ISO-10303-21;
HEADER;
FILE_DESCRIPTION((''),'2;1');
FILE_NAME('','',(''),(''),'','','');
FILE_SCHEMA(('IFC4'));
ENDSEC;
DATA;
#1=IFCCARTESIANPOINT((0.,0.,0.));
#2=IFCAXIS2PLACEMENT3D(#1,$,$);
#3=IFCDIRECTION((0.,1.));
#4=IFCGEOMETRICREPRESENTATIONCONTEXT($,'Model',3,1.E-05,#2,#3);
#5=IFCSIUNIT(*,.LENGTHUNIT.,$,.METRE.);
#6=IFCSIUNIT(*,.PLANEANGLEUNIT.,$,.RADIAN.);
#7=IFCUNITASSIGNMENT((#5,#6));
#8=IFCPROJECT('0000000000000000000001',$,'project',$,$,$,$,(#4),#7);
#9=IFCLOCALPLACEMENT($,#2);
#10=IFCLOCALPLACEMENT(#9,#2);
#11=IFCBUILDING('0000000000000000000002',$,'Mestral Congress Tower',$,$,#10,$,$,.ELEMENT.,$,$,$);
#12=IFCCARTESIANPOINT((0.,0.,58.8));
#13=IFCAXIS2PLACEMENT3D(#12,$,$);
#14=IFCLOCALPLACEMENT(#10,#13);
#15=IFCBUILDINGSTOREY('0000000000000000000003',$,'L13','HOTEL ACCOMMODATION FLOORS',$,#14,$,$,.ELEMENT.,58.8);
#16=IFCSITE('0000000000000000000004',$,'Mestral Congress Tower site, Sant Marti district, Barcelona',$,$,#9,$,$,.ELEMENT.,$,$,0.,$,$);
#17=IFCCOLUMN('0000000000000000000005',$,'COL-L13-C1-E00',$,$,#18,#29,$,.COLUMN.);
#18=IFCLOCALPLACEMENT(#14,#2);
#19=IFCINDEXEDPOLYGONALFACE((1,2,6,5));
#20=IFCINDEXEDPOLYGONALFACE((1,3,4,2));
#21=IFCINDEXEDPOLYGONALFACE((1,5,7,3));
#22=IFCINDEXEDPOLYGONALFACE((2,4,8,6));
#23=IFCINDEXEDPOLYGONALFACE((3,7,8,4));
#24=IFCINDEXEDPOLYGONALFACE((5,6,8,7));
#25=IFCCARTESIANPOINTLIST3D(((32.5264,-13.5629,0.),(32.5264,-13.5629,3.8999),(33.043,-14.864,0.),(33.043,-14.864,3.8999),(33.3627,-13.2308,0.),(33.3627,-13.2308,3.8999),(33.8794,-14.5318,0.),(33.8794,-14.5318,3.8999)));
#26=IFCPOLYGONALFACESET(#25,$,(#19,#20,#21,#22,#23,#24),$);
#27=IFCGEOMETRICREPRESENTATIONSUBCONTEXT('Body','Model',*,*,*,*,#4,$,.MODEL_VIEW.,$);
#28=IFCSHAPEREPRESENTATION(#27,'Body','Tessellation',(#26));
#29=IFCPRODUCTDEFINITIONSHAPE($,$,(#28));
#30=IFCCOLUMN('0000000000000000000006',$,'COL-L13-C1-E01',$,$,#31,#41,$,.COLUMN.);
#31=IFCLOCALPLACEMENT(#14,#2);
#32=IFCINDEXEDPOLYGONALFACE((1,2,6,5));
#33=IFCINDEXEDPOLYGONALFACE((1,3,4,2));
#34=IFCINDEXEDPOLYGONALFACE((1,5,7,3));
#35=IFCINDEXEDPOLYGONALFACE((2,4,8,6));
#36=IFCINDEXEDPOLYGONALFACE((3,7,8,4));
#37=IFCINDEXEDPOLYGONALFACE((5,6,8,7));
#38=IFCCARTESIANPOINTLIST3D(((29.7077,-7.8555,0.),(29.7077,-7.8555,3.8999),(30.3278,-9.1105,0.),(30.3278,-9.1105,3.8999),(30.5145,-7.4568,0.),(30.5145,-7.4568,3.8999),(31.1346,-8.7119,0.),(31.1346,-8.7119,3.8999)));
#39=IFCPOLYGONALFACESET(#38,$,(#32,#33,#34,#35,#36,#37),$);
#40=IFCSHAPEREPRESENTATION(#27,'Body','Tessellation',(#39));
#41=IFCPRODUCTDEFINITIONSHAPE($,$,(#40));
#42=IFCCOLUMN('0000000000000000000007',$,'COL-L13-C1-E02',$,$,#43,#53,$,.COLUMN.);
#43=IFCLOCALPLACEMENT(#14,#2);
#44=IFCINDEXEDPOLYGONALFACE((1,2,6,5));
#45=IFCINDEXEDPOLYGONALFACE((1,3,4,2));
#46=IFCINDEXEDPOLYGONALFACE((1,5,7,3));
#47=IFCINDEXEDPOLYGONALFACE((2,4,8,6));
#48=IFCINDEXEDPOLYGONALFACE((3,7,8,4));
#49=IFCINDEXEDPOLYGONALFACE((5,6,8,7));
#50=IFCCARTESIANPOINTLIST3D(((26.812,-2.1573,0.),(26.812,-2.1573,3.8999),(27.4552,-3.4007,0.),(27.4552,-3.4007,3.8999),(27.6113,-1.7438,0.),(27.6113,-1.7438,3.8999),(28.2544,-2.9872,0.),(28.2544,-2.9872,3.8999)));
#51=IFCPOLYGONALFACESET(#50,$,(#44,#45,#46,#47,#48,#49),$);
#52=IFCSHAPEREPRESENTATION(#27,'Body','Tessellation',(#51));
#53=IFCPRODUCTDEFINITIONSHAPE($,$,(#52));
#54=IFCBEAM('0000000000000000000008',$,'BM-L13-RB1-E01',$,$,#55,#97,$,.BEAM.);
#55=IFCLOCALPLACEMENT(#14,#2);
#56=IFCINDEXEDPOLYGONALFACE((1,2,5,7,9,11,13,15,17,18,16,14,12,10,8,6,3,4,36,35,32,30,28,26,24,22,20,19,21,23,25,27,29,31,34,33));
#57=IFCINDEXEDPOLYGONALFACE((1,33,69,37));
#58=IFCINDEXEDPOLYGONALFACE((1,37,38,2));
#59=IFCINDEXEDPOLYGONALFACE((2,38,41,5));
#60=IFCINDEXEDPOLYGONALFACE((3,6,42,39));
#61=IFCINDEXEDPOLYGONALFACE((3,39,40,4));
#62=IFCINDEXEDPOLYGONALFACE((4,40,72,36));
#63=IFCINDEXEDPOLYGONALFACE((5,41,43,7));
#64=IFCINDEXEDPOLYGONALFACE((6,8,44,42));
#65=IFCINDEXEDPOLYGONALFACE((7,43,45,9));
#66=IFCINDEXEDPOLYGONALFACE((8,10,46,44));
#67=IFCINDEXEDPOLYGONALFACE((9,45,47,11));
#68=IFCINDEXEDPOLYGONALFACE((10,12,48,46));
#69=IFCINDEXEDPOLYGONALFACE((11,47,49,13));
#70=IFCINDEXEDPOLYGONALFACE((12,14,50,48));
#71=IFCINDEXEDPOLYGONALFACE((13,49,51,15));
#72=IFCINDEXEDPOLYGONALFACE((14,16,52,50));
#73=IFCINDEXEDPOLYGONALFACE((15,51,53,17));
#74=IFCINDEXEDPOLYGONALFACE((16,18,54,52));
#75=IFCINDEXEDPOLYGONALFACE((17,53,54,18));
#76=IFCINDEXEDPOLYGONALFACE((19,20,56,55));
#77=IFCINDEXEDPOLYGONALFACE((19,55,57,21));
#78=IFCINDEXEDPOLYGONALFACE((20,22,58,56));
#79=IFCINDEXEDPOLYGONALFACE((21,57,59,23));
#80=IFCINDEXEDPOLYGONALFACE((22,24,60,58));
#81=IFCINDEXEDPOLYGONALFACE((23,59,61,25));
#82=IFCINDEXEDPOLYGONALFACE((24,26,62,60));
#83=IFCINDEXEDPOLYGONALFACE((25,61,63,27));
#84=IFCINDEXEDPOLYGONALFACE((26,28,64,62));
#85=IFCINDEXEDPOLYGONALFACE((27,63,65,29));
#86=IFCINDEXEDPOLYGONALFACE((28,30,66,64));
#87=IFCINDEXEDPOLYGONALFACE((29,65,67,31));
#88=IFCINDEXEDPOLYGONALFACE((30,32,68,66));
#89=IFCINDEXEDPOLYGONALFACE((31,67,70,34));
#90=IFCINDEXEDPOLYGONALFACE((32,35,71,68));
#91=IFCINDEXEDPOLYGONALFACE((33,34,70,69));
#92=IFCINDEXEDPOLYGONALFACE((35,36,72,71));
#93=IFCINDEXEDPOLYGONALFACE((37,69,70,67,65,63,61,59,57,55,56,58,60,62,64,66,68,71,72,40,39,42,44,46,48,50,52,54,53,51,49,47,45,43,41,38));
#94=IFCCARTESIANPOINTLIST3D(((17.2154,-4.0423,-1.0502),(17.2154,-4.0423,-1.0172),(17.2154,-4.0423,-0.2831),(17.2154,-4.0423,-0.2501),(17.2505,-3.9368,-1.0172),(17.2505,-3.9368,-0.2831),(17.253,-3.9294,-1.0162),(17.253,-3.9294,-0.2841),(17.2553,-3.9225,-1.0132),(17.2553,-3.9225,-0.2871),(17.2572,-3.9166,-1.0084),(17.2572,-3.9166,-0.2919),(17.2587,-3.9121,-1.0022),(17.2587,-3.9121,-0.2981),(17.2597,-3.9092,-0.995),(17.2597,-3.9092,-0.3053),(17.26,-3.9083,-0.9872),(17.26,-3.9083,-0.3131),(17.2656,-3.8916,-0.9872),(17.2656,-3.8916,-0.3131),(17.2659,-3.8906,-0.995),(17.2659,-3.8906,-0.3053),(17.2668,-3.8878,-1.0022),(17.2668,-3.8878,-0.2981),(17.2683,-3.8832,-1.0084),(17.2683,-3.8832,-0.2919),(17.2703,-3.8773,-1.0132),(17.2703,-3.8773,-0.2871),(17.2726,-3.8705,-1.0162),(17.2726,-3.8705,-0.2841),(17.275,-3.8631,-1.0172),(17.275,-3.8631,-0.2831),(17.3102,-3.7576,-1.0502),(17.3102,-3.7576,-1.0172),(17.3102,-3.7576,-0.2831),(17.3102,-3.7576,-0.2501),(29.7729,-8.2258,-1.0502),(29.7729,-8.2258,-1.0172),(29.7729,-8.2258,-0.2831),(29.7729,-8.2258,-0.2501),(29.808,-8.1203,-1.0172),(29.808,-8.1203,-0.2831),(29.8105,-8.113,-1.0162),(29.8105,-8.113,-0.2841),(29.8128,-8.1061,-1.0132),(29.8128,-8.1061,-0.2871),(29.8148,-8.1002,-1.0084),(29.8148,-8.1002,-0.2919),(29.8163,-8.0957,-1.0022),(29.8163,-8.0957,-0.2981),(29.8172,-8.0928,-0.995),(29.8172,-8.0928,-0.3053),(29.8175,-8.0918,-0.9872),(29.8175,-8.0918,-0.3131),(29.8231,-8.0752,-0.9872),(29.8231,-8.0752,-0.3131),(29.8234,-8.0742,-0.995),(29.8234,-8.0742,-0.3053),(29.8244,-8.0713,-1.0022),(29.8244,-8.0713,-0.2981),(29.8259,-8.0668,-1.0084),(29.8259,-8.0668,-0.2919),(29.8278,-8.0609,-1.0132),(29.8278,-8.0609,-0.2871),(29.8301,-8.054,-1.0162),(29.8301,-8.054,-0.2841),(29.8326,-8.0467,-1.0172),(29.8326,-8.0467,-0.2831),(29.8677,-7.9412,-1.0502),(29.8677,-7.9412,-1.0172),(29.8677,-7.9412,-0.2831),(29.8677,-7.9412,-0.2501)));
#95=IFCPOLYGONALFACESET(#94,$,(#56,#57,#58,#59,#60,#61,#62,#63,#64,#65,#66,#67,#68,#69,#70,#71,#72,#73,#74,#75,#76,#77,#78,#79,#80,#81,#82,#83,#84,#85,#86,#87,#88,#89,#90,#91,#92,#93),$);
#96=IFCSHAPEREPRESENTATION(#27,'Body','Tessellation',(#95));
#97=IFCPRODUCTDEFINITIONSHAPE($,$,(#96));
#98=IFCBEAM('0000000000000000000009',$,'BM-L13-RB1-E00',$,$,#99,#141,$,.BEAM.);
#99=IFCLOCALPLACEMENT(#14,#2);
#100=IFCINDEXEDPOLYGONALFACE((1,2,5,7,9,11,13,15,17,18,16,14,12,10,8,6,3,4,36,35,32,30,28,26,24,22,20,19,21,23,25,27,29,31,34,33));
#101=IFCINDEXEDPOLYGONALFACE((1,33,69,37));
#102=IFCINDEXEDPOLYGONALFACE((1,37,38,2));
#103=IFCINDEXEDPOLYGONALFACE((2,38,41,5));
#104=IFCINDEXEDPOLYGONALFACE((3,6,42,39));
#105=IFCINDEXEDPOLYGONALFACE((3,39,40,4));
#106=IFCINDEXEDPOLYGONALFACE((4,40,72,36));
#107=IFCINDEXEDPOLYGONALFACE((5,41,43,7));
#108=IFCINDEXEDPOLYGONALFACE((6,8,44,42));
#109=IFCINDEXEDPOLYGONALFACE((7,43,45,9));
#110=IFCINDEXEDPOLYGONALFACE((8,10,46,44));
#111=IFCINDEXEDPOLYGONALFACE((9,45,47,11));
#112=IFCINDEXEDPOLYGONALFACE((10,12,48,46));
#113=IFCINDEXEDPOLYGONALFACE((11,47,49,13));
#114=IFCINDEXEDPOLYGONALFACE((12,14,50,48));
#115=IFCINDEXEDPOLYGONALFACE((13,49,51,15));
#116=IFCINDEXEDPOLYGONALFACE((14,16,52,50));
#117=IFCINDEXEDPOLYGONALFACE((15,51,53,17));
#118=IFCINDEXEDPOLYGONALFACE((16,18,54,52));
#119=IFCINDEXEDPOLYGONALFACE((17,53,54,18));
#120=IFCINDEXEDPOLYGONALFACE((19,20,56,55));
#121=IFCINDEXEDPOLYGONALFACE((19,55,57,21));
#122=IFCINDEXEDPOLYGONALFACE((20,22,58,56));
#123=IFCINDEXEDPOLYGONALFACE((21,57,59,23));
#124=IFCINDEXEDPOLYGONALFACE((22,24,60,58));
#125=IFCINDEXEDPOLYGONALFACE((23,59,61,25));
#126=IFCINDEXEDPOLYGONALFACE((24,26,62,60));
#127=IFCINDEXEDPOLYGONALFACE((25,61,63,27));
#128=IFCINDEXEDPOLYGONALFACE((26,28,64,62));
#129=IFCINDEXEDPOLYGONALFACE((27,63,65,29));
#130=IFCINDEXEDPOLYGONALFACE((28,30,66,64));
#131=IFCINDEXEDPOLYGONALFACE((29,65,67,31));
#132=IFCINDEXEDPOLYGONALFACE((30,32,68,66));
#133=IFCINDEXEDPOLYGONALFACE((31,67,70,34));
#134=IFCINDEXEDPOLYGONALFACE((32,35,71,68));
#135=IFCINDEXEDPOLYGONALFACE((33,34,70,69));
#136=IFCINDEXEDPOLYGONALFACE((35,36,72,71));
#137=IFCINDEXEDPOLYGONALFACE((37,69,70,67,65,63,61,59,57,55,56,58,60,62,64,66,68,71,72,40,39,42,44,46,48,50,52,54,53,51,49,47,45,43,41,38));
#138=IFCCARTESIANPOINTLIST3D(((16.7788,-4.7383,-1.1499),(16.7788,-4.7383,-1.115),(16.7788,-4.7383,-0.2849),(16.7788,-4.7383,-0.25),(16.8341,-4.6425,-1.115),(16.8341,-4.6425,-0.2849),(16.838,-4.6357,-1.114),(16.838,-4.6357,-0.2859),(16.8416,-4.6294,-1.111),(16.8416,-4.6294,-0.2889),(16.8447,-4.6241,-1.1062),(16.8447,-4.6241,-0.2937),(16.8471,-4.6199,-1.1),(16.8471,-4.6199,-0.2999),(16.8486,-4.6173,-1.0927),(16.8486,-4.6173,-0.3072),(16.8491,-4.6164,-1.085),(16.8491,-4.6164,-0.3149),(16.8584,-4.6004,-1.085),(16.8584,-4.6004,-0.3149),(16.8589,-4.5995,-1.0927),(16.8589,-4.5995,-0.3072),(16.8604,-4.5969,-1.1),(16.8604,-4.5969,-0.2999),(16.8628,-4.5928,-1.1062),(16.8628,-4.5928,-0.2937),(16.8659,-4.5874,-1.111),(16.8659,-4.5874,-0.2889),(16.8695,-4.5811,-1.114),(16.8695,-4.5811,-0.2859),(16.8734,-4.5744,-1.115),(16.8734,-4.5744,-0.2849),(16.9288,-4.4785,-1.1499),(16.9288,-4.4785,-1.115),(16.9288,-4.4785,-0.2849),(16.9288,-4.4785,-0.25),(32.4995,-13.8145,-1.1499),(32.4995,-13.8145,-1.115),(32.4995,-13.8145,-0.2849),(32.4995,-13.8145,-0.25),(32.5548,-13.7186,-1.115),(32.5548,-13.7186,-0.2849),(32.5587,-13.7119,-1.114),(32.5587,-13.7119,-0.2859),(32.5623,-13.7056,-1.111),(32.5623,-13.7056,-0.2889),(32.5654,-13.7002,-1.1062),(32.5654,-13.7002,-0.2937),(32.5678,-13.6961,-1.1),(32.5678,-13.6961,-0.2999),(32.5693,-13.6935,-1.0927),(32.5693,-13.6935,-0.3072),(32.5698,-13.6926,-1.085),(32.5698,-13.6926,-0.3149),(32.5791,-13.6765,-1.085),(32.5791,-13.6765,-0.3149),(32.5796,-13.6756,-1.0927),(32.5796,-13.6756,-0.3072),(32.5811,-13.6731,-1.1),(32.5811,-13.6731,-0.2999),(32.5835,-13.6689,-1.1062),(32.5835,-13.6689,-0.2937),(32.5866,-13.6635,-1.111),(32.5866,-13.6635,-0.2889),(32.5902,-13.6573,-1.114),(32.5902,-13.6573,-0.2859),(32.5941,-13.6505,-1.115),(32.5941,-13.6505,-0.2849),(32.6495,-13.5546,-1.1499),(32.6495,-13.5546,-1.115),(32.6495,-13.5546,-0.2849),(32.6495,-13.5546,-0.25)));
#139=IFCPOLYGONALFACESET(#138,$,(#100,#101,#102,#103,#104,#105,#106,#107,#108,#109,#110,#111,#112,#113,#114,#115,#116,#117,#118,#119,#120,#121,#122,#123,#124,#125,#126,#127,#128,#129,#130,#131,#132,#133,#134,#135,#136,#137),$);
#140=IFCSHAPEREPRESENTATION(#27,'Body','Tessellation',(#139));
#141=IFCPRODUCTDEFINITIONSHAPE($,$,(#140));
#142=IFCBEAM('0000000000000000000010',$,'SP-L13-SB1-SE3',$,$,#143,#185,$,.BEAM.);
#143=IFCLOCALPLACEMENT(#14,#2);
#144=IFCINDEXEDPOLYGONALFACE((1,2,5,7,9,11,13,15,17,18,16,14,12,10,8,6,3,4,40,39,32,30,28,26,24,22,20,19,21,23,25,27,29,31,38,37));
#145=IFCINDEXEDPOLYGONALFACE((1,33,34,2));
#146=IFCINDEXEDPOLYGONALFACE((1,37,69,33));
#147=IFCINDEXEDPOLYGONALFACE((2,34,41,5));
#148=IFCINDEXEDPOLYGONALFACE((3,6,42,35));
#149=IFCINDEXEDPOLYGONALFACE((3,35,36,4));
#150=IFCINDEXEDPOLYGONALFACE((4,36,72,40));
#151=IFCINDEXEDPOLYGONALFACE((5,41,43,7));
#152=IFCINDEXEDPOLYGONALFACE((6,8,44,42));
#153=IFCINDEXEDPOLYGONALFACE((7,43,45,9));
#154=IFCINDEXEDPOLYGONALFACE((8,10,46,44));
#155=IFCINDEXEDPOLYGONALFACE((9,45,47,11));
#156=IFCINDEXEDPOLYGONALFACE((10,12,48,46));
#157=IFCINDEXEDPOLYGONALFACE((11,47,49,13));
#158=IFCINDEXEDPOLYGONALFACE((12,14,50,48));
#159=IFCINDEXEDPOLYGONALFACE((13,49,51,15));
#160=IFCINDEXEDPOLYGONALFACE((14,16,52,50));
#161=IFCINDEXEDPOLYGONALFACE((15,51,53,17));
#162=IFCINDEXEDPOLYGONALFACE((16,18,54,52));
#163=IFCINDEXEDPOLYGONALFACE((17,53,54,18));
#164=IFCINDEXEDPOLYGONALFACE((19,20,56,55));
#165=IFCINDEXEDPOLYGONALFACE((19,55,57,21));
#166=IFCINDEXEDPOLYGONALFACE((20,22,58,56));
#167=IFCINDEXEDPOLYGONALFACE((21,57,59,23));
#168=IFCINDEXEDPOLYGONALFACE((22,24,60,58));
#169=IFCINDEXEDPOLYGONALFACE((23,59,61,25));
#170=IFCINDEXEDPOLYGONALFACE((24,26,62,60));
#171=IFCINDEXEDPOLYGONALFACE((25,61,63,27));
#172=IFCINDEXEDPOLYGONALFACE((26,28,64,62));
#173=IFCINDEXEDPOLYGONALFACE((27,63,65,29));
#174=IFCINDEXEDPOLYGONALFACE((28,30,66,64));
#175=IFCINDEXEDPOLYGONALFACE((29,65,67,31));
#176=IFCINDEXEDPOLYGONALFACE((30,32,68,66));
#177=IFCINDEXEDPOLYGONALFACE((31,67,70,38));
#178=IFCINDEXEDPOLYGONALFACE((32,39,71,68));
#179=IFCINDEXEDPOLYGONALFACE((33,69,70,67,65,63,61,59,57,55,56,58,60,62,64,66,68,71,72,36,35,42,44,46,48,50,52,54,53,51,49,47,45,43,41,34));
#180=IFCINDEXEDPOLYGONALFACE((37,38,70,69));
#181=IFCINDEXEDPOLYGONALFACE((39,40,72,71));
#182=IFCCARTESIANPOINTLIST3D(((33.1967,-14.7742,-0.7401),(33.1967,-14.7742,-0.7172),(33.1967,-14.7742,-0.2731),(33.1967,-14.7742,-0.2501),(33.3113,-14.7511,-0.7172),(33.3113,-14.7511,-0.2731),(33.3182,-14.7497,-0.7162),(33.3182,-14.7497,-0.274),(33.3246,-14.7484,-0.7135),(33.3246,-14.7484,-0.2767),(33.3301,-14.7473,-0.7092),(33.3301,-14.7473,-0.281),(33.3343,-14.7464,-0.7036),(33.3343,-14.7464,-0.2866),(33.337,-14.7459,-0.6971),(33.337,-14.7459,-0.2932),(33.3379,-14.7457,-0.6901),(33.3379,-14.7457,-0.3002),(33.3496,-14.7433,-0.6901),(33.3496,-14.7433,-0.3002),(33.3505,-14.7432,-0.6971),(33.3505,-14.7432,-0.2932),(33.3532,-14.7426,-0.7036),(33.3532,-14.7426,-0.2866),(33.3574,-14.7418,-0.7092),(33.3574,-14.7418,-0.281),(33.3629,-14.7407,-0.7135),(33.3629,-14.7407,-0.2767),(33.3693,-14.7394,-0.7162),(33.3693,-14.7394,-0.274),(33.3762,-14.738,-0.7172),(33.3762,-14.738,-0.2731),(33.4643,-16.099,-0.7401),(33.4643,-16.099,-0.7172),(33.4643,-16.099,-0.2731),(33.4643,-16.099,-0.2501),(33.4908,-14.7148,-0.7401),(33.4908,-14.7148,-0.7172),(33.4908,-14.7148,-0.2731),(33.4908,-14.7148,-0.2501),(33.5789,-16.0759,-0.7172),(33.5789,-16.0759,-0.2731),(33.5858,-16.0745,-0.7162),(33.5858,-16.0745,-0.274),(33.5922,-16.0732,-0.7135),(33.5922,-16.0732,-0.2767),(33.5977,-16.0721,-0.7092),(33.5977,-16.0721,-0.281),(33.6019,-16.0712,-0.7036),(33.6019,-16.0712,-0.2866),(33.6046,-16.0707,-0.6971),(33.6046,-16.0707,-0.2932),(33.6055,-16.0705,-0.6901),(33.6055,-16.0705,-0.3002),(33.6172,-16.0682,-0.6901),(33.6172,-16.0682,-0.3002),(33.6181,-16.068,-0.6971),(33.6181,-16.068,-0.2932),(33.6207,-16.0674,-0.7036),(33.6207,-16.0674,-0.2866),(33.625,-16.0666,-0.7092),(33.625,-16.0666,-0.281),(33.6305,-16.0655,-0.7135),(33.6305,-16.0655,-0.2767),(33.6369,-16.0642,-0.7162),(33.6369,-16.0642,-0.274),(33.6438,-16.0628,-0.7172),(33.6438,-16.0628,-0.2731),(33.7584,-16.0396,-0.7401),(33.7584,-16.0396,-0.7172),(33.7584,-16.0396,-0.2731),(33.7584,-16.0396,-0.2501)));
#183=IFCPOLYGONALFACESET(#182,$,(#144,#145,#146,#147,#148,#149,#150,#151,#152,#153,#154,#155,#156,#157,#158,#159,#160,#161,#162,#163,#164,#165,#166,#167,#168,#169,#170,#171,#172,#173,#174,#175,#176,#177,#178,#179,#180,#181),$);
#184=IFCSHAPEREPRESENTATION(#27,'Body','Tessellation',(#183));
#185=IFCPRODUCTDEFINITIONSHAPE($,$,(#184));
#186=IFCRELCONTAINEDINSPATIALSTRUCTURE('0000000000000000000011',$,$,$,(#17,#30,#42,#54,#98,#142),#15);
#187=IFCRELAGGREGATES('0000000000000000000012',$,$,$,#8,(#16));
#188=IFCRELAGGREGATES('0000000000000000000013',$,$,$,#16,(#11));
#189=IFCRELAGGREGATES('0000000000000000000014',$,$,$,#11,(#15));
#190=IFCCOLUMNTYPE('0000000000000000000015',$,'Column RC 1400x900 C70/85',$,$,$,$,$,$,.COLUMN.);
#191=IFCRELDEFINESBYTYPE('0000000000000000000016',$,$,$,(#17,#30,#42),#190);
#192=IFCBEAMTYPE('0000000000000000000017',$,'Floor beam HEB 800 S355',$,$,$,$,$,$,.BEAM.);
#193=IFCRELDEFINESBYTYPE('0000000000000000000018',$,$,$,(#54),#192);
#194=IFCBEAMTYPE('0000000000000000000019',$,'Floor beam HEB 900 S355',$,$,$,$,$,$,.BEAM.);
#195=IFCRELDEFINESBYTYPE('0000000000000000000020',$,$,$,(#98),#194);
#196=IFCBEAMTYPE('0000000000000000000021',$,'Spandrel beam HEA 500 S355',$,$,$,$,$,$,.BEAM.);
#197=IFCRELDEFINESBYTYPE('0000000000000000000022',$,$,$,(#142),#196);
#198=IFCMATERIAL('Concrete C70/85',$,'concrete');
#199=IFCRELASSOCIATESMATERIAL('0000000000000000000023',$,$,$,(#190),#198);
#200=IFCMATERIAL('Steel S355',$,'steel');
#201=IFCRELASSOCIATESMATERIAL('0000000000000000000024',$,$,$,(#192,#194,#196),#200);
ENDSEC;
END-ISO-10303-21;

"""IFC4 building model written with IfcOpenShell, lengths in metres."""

from ifc_helpers import new_model, si_unit, direction, frame, origin, origin_2d, place, context, subcontext, project, spatial, rectangle, i_section, extrude, material, material_profile, profile_set, type_object, element, save


model = new_model("IFC4")

# Units and contexts
model_context = context("Model", 3, precision=1e-05, world=origin(), true_north=direction((0.0, 1.0)))
body_context = subcontext(model_context, "Body", "Model", "MODEL_VIEW")
ifc_project = project(units=[si_unit("LENGTHUNIT", "METRE"), si_unit("PLANEANGLEUNIT", "RADIAN")], contexts=[model_context])

# Site, building, storey
site_placement = place(None, origin())
site = spatial("IfcSite", under=ifc_project, at=site_placement, Name="Mestral Congress Tower site, Sant Marti district, Barcelona", CompositionType="ELEMENT", RefElevation=0.0)
building_placement = place(site_placement, origin())
building = spatial("IfcBuilding", under=site, at=building_placement, Name="Mestral Congress Tower", CompositionType="ELEMENT")
storey_placement = place(building_placement, frame((0.0, 0.0, 58.8)))
storey = spatial("IfcBuildingStorey", under=building, at=storey_placement, Name="L13", Description="HOTEL ACCOMMODATION FLOORS", CompositionType="ELEMENT", Elevation=58.8)

# Columns
ifc_material_1 = material(Name="Concrete C70/85", Category="concrete")
ifc_material_profile_1 = material_profile(ifc_material_1, rectangle(XDim=1.3999, YDim=0.8999, at=origin_2d()), Name="RC 1400x900")
ifc_profile_set_1 = profile_set([ifc_material_profile_1], Name="Concrete C70/85")
column_type = type_object("IfcColumnType", Name="Column RC 1400x900 C70/85", PredefinedType="COLUMN", material=ifc_profile_set_1)
for number, where, z_axis, x_axis, name in (
    (1, (33.2029, -14.0474, 0.0), (0.0, 0.0, 1.0), (-0.36909, 0.929394, 0.0), "COL-L13-C1-E00"),
    (2, (30.4211, -8.2837, 0.0), (0.0, 0.0, 1.0), (-0.442959, 0.896542, 0.0), "COL-L13-C1-E01"),
    (3, (27.5332, -2.5723, 0.0), (0.0, 0.0, 1.0), (-0.459456, 0.888201, 0.0), "COL-L13-C1-E02"),
):
    element("IfcColumn", number, at=place(storey_placement, frame(where, z_axis=z_axis, x_axis=x_axis)), inside=storey, type_object=column_type, Name=name, PredefinedType="COLUMN", context=body_context, shape_type="SweptSolid", body=[
        extrude(rectangle(XDim=1.3999, YDim=0.8999, at=origin_2d()), origin(), (0.0, 0.0, 1.0), 3.8999),
    ])

# Beams
ifc_material_2 = material(Name="Steel S355", Category="steel")
ifc_material_profile_2 = material_profile(ifc_material_2, i_section(OverallWidth=0.3, OverallDepth=0.8, WebThickness=0.0176, FlangeThickness=0.033, FilletRadius=0.03, at=origin_2d()), Name="HEB 800")
ifc_profile_set_2 = profile_set([ifc_material_profile_2], Name="Steel S355")
beam_type_1 = type_object("IfcBeamType", Name="Floor beam HEB 800 S355", PredefinedType="BEAM", material=ifc_profile_set_2)
beam_1_placement = place(storey_placement, frame((29.8203, -8.0835, -0.6501), z_axis=(-0.948735, 0.316073, 0.0), x_axis=(-0.316073, -0.948735, 0.0)))
element("IfcBeam", 4, at=beam_1_placement, inside=storey, type_object=beam_type_1, Name="BM-L13-RB1-E01", PredefinedType="BEAM", context=body_context, shape_type="SweptSolid", body=[
    extrude(i_section(OverallWidth=0.3, OverallDepth=0.8, WebThickness=0.0176, FlangeThickness=0.033, FilletRadius=0.03, at=origin_2d()), origin(), (0.0, 0.0, 1.0), 13.2361),
])
ifc_material_profile_3 = material_profile(ifc_material_2, i_section(OverallWidth=0.3, OverallDepth=0.8999, WebThickness=0.0186, FlangeThickness=0.0349, FilletRadius=0.03, at=origin_2d()), Name="HEB 900")
ifc_profile_set_3 = profile_set([ifc_material_profile_3], Name="Steel S355")
beam_type_2 = type_object("IfcBeamType", Name="Floor beam HEB 900 S355", PredefinedType="BEAM", material=ifc_profile_set_3)
beam_2_placement = place(storey_placement, frame((32.5745, -13.6846, -0.7), z_axis=(-0.86603, 0.499993, 0.0), x_axis=(-0.499993, -0.86603, 0.0)))
element("IfcBeam", 5, at=beam_2_placement, inside=storey, type_object=beam_type_2, Name="BM-L13-RB1-E00", PredefinedType="BEAM", context=body_context, shape_type="SweptSolid", body=[
    extrude(i_section(OverallWidth=0.3, OverallDepth=0.8999, WebThickness=0.0186, FlangeThickness=0.0349, FilletRadius=0.03, at=origin_2d()), origin(), (0.0, 0.0, 1.0), 18.1526),
])
ifc_material_profile_4 = material_profile(ifc_material_2, i_section(OverallWidth=0.3, OverallDepth=0.49, WebThickness=0.012, FlangeThickness=0.0229, FilletRadius=0.0271, at=origin_2d()), Name="HEA 500")
ifc_profile_set_4 = profile_set([ifc_material_profile_4], Name="Steel S355")
beam_type_3 = type_object("IfcBeamType", Name="Spandrel beam HEA 500 S355", PredefinedType="BEAM", material=ifc_profile_set_4)
beam_3_placement = place(storey_placement, frame((33.6113, -16.0693, -0.4951), z_axis=(-0.197992, 0.980204, 0.0), x_axis=(-0.980204, -0.197992, 0.0)))
element("IfcBeam", 6, at=beam_3_placement, inside=storey, type_object=beam_type_3, Name="SP-L13-SB1-SE3", PredefinedType="BEAM", context=body_context, shape_type="SweptSolid", body=[
    extrude(i_section(OverallWidth=0.3, OverallDepth=0.49, WebThickness=0.012, FlangeThickness=0.0229, FilletRadius=0.0271, at=origin_2d()), origin(), (0.0, 0.0, 1.0), 1.3516),
])

save(model, "model.ifc")
